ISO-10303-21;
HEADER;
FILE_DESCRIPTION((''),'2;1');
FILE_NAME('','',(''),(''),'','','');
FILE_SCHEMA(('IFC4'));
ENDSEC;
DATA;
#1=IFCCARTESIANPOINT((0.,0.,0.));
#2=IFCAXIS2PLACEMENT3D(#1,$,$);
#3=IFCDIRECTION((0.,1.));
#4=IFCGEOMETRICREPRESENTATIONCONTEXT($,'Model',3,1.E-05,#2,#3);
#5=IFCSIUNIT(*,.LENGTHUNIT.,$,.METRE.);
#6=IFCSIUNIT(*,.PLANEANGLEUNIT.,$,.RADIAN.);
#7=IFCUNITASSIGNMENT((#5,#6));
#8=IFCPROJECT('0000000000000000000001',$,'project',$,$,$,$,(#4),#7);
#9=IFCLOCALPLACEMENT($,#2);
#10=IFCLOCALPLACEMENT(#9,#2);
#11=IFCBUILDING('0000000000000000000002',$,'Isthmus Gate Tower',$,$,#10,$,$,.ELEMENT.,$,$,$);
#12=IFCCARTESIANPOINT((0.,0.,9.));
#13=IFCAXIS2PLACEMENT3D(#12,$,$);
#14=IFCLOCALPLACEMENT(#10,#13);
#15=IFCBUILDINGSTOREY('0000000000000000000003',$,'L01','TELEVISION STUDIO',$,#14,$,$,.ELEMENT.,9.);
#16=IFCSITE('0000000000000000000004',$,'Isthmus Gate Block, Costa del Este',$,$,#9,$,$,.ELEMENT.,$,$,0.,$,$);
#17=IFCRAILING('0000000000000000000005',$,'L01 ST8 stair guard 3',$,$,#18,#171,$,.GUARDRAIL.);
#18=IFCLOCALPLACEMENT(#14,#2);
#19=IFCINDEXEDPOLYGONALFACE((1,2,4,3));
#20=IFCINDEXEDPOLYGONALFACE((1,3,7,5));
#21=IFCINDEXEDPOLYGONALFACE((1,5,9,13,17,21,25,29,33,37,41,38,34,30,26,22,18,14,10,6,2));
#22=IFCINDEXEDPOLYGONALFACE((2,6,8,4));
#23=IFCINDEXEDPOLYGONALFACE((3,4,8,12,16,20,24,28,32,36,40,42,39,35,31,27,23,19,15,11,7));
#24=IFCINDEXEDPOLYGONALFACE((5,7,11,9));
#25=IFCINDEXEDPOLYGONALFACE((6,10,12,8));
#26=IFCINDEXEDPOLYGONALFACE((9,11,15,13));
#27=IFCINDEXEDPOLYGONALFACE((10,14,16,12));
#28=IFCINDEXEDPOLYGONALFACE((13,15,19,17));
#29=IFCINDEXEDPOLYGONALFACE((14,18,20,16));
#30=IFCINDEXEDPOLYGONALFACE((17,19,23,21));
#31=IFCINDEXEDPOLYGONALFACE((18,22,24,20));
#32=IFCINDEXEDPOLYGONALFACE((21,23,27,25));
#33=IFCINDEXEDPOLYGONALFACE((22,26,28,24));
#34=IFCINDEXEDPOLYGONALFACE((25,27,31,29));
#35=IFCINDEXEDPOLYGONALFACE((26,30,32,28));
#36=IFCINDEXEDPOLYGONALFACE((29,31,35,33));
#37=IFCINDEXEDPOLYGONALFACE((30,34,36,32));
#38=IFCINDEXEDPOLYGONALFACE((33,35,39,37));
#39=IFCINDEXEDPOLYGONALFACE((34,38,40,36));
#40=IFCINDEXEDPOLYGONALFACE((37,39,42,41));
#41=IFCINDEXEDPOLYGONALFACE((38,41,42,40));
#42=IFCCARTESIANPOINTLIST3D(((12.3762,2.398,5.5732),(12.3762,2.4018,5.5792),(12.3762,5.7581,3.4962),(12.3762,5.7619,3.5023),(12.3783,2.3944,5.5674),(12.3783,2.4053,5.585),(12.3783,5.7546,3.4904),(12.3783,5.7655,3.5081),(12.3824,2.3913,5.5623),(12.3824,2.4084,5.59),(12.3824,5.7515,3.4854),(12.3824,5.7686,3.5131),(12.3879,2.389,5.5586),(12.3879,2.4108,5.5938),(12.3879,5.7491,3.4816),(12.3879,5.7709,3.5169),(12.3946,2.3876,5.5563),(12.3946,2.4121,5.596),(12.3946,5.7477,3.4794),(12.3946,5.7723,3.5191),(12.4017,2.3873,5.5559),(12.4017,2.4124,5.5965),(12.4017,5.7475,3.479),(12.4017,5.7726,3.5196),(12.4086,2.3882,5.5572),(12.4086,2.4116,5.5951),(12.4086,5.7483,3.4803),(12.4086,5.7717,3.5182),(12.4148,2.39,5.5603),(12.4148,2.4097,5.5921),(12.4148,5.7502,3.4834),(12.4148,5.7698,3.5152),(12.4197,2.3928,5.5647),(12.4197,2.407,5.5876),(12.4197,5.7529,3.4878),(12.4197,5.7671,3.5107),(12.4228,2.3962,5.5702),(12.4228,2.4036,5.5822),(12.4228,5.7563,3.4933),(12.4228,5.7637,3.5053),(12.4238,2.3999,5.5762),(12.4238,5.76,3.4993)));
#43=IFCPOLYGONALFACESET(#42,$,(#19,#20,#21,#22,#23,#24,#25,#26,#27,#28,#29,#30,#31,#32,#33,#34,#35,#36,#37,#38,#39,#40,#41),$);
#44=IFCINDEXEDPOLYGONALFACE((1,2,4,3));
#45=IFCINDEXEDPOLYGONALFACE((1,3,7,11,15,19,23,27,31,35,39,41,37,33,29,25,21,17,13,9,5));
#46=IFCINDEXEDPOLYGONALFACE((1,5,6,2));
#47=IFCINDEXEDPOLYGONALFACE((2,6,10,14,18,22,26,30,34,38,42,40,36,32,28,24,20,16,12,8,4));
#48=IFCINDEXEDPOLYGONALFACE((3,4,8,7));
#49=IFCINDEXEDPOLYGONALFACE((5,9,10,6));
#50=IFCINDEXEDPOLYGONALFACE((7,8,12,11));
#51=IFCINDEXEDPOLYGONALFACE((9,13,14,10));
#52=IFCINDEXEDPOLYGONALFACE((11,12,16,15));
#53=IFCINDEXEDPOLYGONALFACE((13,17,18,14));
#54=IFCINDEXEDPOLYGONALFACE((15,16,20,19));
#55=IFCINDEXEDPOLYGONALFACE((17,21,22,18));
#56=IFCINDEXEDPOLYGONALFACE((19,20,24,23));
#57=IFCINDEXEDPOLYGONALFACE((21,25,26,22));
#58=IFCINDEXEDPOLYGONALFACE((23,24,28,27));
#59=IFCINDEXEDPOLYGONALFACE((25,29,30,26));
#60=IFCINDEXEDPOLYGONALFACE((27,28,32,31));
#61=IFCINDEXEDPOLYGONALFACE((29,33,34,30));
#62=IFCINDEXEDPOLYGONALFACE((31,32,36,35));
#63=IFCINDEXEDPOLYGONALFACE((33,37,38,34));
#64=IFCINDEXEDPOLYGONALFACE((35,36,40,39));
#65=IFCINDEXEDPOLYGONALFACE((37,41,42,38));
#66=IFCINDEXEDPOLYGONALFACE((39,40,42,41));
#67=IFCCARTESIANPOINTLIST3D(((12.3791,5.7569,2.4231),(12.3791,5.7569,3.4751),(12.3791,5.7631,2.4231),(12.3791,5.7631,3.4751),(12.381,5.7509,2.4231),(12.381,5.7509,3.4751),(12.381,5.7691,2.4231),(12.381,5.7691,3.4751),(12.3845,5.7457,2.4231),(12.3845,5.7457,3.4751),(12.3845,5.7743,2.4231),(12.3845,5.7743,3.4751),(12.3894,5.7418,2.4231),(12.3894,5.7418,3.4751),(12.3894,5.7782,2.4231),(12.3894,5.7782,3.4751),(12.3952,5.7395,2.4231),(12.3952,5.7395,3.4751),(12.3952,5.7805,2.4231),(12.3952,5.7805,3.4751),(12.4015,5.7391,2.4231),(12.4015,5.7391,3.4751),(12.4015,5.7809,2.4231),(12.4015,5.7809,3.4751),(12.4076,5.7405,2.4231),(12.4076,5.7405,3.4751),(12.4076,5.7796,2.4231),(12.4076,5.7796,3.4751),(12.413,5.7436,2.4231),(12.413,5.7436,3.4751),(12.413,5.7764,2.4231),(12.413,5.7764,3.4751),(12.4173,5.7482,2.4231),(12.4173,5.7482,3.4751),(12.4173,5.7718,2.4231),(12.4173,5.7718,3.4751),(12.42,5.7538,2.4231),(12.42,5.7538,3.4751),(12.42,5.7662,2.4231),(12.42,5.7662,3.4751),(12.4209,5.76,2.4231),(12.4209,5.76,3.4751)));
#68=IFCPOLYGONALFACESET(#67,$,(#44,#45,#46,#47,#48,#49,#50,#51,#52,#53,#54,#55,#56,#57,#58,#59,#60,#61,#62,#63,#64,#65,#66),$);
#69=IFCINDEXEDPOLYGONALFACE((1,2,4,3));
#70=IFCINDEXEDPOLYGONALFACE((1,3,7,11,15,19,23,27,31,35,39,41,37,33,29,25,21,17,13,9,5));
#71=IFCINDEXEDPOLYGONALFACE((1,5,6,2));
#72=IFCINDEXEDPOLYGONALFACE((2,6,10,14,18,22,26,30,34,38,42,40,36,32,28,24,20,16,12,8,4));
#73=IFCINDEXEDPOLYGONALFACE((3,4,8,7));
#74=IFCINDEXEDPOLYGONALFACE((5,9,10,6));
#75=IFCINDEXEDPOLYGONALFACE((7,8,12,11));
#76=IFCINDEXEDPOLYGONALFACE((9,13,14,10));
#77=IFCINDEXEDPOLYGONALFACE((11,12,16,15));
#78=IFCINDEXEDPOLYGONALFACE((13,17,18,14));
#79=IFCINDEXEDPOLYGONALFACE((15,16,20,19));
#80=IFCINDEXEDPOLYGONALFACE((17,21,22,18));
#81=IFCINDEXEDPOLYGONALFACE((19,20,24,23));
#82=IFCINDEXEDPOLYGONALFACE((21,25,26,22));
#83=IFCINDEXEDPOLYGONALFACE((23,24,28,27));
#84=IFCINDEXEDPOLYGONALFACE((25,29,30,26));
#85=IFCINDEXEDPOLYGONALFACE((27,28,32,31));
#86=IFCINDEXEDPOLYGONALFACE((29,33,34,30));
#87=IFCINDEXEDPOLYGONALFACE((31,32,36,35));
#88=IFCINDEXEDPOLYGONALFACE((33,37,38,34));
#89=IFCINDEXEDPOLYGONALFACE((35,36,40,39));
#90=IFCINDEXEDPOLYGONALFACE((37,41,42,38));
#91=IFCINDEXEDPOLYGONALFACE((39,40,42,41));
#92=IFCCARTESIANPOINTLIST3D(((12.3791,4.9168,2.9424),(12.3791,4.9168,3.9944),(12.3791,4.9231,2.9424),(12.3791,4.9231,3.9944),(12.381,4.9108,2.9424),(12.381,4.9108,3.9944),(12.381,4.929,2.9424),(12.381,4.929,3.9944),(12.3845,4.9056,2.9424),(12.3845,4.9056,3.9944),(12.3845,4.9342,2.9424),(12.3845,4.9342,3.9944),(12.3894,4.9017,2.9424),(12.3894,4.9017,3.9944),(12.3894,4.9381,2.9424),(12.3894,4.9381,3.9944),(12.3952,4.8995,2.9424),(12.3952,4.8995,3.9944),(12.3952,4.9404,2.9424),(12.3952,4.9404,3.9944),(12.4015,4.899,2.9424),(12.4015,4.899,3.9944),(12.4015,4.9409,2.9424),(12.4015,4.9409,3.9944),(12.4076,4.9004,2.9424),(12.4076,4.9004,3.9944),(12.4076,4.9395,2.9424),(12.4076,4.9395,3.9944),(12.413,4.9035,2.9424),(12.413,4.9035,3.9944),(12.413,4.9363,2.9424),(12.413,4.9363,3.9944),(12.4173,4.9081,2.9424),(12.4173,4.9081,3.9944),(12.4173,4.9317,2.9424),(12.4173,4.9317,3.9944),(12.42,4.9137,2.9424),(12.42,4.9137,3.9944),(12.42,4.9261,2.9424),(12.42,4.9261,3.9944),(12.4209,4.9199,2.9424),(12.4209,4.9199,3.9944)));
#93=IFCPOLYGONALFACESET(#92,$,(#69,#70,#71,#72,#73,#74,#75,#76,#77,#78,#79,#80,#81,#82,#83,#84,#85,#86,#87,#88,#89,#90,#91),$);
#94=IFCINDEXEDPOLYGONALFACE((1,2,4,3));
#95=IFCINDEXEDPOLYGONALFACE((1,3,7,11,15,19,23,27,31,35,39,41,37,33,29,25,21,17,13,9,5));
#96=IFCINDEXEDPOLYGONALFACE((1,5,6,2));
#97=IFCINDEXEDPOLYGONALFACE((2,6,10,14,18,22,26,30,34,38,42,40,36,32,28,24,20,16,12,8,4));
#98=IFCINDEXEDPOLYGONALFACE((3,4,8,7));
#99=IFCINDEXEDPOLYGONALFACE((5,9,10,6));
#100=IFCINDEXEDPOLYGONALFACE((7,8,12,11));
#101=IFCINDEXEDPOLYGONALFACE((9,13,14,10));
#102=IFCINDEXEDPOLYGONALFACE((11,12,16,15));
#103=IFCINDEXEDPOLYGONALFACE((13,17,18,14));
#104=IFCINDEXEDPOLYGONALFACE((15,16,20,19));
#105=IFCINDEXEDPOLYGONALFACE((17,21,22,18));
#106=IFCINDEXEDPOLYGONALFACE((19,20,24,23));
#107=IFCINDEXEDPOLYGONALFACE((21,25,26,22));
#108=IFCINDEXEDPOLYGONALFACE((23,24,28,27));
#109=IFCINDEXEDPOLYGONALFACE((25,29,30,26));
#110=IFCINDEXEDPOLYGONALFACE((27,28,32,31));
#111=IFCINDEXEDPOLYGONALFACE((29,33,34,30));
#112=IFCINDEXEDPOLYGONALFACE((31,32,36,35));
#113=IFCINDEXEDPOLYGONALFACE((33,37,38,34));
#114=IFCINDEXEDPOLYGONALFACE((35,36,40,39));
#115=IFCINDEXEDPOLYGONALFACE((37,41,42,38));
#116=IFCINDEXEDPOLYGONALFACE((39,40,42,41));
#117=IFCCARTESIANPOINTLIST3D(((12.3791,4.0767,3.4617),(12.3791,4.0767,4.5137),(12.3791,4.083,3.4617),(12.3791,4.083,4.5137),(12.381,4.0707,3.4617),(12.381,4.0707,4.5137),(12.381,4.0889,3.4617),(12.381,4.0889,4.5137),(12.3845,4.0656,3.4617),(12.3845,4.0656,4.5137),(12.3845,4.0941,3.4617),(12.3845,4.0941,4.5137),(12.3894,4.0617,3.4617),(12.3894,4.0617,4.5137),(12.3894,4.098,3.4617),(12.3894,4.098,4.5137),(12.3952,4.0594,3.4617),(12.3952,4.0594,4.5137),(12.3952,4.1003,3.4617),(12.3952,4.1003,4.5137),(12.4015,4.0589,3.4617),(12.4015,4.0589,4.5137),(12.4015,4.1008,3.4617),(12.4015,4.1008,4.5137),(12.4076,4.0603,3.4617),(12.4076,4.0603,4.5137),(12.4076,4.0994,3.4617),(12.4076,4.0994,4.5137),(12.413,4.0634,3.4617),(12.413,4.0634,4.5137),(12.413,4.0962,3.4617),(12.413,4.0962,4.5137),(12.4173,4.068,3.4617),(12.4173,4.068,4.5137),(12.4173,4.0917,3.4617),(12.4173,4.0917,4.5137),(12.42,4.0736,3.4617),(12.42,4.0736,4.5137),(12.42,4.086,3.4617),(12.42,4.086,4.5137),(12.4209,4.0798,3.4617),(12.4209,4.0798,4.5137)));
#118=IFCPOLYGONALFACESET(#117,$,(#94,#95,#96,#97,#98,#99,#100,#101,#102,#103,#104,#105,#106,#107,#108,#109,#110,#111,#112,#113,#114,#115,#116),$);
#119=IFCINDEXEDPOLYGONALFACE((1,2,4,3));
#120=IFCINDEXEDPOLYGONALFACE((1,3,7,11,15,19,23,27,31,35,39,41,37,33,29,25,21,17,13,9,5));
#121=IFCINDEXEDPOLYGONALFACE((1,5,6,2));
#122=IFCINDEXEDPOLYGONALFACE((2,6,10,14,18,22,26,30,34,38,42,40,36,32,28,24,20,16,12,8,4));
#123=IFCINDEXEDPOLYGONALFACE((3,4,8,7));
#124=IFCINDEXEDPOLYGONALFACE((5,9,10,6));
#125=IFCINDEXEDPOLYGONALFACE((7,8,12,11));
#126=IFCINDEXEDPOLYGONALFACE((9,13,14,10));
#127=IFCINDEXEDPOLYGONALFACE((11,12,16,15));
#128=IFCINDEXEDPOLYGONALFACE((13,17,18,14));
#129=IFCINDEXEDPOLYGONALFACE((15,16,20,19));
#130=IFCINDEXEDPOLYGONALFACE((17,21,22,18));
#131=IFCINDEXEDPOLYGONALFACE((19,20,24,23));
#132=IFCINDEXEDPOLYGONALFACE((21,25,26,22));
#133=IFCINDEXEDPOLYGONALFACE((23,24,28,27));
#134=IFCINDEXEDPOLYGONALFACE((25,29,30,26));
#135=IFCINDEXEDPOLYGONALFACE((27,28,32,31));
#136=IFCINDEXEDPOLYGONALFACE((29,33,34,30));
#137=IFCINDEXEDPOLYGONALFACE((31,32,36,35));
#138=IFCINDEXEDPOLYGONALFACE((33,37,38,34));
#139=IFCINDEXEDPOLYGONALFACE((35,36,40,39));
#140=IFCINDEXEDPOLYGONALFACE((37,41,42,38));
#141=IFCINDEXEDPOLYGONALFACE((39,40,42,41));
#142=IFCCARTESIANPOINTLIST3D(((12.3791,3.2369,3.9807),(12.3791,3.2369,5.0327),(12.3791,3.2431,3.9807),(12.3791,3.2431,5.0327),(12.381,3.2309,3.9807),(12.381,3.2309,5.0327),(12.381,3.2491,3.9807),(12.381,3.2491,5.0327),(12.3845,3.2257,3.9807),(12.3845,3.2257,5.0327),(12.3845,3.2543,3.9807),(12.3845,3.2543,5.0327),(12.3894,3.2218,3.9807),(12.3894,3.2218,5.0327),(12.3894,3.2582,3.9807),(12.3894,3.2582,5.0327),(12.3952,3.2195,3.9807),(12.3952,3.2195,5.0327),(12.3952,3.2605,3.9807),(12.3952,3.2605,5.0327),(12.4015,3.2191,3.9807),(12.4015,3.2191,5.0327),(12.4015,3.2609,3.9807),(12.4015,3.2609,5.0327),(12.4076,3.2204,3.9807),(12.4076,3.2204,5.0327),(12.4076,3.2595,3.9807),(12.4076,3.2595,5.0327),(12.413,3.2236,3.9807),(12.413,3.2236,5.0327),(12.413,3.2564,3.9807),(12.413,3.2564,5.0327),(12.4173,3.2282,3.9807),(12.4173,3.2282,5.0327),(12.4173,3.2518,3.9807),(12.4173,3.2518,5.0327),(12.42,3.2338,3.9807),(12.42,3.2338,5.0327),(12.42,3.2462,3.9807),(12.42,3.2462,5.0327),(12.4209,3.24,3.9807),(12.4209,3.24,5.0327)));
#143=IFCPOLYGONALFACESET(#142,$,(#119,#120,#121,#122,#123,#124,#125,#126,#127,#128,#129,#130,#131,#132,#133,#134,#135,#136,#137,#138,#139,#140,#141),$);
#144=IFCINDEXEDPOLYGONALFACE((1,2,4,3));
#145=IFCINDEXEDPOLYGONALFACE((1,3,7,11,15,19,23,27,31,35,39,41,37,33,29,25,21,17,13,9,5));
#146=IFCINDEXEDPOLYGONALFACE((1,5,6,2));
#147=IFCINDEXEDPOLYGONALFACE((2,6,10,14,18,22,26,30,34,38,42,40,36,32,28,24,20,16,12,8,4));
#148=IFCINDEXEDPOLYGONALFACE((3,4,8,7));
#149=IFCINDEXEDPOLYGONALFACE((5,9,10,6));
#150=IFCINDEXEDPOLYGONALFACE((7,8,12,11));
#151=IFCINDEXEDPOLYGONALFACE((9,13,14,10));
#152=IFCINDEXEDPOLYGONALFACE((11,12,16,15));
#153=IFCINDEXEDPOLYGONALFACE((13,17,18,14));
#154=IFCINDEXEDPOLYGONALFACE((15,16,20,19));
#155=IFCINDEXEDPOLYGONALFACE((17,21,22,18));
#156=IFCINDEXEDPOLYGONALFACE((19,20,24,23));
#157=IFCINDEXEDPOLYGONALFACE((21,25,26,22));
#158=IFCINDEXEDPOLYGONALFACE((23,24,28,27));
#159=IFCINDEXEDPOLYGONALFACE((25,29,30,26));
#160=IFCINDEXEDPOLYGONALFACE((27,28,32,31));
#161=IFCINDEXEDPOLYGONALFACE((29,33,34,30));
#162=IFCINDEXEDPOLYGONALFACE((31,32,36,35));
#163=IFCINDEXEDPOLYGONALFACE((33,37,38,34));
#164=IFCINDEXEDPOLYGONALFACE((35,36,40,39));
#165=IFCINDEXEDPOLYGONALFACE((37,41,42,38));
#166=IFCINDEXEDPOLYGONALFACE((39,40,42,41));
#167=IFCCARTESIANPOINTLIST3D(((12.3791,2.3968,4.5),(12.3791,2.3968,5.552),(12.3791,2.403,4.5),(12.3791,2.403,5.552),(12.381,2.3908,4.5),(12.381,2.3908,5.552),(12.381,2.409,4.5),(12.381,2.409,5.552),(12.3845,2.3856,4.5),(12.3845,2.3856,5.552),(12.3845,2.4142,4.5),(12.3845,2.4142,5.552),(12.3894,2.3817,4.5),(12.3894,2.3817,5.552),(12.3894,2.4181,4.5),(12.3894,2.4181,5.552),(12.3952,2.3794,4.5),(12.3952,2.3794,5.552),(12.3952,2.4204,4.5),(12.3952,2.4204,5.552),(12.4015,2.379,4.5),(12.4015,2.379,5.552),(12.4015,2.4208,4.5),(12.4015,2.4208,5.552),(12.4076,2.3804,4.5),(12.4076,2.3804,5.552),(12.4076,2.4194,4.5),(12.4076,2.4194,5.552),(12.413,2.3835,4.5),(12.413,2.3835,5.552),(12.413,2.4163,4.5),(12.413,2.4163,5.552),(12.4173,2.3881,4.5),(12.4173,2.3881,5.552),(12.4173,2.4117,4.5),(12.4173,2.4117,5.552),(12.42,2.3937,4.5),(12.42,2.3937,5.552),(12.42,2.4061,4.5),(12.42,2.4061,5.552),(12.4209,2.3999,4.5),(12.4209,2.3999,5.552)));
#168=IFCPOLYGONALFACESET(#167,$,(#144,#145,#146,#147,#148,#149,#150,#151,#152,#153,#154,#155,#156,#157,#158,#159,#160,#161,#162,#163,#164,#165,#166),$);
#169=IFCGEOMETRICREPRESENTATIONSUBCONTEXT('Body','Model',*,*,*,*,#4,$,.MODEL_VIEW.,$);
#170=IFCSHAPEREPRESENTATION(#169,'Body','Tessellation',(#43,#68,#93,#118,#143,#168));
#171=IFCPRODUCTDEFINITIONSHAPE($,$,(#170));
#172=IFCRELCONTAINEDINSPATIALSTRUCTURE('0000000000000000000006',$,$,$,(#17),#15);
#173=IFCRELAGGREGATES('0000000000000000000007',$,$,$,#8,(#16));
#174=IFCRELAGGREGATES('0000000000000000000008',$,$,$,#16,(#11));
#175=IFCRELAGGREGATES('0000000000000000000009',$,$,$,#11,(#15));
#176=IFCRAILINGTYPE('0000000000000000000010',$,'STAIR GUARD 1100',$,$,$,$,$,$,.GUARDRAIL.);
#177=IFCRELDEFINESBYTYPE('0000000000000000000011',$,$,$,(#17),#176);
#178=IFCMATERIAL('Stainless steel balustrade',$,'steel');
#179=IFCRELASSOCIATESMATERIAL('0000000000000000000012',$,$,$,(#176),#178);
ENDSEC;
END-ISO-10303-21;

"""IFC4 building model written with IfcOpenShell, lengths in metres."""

from ifc_helpers import new_model, si_unit, direction, frame, origin, origin_2d, place, context, subcontext, project, spatial, circle, extrude, material, type_object, element, save


model = new_model("IFC4")

# Units and contexts
model_context = context("Model", 3, precision=1e-05, world=origin(), true_north=direction((0.0, 1.0)))
body_context = subcontext(model_context, "Body", "Model", "MODEL_VIEW")
ifc_project = project(units=[si_unit("LENGTHUNIT", "METRE"), si_unit("PLANEANGLEUNIT", "RADIAN")], contexts=[model_context])

# Site, building, storey
site_placement = place(None, origin())
site = spatial("IfcSite", under=ifc_project, at=site_placement, Name="Isthmus Gate Block, Costa del Este", CompositionType="ELEMENT", RefElevation=0.0)
building_placement = place(site_placement, origin())
building = spatial("IfcBuilding", under=site, at=building_placement, Name="Isthmus Gate Tower", CompositionType="ELEMENT")
storey_placement = place(building_placement, frame((0.0, 0.0, 9.0)))
storey = spatial("IfcBuildingStorey", under=building, at=storey_placement, Name="L01", Description="TELEVISION STUDIO", CompositionType="ELEMENT", Elevation=9.0)

# Railing
ifc_material_1 = material(Name="Stainless steel balustrade", Category="steel")
railing_type_1 = type_object("IfcRailingType", Name="STAIR GUARD 1100", PredefinedType="GUARDRAIL", material=ifc_material_1)
railing_1_placement = place(storey_placement, frame((12.3999, 5.76, 2.4231)))
element("IfcRailing", 1, at=railing_1_placement, inside=storey, type_object=railing_type_1, Name="L01 ST8 stair guard 3", PredefinedType="GUARDRAIL", context=body_context, shape_type="SweptSolid", body=[
    extrude(circle(Radius=0.0239, at=origin_2d()), frame((0.0, 0.0, 1.0762), z_axis=(0.0, -0.850623, 0.525776), x_axis=(1.0, 0.0, 0.0)), (0.0, 0.0, 1.0), 3.9502),
    extrude(circle(Radius=0.021, at=origin_2d()), origin(), (0.0, 0.0, 1.0), 1.052),
    extrude(circle(Radius=0.021, at=origin_2d()), frame((0.0, -0.8401, 0.5193)), (0.0, 0.0, 1.0), 1.052),
    extrude(circle(Radius=0.021, at=origin_2d()), frame((0.0, -1.6802, 1.0386)), (0.0, 0.0, 1.0), 1.052),
    extrude(circle(Radius=0.021, at=origin_2d()), frame((0.0, -2.52, 1.5576)), (0.0, 0.0, 1.0), 1.052),
    extrude(circle(Radius=0.021, at=origin_2d()), frame((0.0, -3.3601, 2.0769)), (0.0, 0.0, 1.0), 1.052),
])

save(model, "model.ifc")
